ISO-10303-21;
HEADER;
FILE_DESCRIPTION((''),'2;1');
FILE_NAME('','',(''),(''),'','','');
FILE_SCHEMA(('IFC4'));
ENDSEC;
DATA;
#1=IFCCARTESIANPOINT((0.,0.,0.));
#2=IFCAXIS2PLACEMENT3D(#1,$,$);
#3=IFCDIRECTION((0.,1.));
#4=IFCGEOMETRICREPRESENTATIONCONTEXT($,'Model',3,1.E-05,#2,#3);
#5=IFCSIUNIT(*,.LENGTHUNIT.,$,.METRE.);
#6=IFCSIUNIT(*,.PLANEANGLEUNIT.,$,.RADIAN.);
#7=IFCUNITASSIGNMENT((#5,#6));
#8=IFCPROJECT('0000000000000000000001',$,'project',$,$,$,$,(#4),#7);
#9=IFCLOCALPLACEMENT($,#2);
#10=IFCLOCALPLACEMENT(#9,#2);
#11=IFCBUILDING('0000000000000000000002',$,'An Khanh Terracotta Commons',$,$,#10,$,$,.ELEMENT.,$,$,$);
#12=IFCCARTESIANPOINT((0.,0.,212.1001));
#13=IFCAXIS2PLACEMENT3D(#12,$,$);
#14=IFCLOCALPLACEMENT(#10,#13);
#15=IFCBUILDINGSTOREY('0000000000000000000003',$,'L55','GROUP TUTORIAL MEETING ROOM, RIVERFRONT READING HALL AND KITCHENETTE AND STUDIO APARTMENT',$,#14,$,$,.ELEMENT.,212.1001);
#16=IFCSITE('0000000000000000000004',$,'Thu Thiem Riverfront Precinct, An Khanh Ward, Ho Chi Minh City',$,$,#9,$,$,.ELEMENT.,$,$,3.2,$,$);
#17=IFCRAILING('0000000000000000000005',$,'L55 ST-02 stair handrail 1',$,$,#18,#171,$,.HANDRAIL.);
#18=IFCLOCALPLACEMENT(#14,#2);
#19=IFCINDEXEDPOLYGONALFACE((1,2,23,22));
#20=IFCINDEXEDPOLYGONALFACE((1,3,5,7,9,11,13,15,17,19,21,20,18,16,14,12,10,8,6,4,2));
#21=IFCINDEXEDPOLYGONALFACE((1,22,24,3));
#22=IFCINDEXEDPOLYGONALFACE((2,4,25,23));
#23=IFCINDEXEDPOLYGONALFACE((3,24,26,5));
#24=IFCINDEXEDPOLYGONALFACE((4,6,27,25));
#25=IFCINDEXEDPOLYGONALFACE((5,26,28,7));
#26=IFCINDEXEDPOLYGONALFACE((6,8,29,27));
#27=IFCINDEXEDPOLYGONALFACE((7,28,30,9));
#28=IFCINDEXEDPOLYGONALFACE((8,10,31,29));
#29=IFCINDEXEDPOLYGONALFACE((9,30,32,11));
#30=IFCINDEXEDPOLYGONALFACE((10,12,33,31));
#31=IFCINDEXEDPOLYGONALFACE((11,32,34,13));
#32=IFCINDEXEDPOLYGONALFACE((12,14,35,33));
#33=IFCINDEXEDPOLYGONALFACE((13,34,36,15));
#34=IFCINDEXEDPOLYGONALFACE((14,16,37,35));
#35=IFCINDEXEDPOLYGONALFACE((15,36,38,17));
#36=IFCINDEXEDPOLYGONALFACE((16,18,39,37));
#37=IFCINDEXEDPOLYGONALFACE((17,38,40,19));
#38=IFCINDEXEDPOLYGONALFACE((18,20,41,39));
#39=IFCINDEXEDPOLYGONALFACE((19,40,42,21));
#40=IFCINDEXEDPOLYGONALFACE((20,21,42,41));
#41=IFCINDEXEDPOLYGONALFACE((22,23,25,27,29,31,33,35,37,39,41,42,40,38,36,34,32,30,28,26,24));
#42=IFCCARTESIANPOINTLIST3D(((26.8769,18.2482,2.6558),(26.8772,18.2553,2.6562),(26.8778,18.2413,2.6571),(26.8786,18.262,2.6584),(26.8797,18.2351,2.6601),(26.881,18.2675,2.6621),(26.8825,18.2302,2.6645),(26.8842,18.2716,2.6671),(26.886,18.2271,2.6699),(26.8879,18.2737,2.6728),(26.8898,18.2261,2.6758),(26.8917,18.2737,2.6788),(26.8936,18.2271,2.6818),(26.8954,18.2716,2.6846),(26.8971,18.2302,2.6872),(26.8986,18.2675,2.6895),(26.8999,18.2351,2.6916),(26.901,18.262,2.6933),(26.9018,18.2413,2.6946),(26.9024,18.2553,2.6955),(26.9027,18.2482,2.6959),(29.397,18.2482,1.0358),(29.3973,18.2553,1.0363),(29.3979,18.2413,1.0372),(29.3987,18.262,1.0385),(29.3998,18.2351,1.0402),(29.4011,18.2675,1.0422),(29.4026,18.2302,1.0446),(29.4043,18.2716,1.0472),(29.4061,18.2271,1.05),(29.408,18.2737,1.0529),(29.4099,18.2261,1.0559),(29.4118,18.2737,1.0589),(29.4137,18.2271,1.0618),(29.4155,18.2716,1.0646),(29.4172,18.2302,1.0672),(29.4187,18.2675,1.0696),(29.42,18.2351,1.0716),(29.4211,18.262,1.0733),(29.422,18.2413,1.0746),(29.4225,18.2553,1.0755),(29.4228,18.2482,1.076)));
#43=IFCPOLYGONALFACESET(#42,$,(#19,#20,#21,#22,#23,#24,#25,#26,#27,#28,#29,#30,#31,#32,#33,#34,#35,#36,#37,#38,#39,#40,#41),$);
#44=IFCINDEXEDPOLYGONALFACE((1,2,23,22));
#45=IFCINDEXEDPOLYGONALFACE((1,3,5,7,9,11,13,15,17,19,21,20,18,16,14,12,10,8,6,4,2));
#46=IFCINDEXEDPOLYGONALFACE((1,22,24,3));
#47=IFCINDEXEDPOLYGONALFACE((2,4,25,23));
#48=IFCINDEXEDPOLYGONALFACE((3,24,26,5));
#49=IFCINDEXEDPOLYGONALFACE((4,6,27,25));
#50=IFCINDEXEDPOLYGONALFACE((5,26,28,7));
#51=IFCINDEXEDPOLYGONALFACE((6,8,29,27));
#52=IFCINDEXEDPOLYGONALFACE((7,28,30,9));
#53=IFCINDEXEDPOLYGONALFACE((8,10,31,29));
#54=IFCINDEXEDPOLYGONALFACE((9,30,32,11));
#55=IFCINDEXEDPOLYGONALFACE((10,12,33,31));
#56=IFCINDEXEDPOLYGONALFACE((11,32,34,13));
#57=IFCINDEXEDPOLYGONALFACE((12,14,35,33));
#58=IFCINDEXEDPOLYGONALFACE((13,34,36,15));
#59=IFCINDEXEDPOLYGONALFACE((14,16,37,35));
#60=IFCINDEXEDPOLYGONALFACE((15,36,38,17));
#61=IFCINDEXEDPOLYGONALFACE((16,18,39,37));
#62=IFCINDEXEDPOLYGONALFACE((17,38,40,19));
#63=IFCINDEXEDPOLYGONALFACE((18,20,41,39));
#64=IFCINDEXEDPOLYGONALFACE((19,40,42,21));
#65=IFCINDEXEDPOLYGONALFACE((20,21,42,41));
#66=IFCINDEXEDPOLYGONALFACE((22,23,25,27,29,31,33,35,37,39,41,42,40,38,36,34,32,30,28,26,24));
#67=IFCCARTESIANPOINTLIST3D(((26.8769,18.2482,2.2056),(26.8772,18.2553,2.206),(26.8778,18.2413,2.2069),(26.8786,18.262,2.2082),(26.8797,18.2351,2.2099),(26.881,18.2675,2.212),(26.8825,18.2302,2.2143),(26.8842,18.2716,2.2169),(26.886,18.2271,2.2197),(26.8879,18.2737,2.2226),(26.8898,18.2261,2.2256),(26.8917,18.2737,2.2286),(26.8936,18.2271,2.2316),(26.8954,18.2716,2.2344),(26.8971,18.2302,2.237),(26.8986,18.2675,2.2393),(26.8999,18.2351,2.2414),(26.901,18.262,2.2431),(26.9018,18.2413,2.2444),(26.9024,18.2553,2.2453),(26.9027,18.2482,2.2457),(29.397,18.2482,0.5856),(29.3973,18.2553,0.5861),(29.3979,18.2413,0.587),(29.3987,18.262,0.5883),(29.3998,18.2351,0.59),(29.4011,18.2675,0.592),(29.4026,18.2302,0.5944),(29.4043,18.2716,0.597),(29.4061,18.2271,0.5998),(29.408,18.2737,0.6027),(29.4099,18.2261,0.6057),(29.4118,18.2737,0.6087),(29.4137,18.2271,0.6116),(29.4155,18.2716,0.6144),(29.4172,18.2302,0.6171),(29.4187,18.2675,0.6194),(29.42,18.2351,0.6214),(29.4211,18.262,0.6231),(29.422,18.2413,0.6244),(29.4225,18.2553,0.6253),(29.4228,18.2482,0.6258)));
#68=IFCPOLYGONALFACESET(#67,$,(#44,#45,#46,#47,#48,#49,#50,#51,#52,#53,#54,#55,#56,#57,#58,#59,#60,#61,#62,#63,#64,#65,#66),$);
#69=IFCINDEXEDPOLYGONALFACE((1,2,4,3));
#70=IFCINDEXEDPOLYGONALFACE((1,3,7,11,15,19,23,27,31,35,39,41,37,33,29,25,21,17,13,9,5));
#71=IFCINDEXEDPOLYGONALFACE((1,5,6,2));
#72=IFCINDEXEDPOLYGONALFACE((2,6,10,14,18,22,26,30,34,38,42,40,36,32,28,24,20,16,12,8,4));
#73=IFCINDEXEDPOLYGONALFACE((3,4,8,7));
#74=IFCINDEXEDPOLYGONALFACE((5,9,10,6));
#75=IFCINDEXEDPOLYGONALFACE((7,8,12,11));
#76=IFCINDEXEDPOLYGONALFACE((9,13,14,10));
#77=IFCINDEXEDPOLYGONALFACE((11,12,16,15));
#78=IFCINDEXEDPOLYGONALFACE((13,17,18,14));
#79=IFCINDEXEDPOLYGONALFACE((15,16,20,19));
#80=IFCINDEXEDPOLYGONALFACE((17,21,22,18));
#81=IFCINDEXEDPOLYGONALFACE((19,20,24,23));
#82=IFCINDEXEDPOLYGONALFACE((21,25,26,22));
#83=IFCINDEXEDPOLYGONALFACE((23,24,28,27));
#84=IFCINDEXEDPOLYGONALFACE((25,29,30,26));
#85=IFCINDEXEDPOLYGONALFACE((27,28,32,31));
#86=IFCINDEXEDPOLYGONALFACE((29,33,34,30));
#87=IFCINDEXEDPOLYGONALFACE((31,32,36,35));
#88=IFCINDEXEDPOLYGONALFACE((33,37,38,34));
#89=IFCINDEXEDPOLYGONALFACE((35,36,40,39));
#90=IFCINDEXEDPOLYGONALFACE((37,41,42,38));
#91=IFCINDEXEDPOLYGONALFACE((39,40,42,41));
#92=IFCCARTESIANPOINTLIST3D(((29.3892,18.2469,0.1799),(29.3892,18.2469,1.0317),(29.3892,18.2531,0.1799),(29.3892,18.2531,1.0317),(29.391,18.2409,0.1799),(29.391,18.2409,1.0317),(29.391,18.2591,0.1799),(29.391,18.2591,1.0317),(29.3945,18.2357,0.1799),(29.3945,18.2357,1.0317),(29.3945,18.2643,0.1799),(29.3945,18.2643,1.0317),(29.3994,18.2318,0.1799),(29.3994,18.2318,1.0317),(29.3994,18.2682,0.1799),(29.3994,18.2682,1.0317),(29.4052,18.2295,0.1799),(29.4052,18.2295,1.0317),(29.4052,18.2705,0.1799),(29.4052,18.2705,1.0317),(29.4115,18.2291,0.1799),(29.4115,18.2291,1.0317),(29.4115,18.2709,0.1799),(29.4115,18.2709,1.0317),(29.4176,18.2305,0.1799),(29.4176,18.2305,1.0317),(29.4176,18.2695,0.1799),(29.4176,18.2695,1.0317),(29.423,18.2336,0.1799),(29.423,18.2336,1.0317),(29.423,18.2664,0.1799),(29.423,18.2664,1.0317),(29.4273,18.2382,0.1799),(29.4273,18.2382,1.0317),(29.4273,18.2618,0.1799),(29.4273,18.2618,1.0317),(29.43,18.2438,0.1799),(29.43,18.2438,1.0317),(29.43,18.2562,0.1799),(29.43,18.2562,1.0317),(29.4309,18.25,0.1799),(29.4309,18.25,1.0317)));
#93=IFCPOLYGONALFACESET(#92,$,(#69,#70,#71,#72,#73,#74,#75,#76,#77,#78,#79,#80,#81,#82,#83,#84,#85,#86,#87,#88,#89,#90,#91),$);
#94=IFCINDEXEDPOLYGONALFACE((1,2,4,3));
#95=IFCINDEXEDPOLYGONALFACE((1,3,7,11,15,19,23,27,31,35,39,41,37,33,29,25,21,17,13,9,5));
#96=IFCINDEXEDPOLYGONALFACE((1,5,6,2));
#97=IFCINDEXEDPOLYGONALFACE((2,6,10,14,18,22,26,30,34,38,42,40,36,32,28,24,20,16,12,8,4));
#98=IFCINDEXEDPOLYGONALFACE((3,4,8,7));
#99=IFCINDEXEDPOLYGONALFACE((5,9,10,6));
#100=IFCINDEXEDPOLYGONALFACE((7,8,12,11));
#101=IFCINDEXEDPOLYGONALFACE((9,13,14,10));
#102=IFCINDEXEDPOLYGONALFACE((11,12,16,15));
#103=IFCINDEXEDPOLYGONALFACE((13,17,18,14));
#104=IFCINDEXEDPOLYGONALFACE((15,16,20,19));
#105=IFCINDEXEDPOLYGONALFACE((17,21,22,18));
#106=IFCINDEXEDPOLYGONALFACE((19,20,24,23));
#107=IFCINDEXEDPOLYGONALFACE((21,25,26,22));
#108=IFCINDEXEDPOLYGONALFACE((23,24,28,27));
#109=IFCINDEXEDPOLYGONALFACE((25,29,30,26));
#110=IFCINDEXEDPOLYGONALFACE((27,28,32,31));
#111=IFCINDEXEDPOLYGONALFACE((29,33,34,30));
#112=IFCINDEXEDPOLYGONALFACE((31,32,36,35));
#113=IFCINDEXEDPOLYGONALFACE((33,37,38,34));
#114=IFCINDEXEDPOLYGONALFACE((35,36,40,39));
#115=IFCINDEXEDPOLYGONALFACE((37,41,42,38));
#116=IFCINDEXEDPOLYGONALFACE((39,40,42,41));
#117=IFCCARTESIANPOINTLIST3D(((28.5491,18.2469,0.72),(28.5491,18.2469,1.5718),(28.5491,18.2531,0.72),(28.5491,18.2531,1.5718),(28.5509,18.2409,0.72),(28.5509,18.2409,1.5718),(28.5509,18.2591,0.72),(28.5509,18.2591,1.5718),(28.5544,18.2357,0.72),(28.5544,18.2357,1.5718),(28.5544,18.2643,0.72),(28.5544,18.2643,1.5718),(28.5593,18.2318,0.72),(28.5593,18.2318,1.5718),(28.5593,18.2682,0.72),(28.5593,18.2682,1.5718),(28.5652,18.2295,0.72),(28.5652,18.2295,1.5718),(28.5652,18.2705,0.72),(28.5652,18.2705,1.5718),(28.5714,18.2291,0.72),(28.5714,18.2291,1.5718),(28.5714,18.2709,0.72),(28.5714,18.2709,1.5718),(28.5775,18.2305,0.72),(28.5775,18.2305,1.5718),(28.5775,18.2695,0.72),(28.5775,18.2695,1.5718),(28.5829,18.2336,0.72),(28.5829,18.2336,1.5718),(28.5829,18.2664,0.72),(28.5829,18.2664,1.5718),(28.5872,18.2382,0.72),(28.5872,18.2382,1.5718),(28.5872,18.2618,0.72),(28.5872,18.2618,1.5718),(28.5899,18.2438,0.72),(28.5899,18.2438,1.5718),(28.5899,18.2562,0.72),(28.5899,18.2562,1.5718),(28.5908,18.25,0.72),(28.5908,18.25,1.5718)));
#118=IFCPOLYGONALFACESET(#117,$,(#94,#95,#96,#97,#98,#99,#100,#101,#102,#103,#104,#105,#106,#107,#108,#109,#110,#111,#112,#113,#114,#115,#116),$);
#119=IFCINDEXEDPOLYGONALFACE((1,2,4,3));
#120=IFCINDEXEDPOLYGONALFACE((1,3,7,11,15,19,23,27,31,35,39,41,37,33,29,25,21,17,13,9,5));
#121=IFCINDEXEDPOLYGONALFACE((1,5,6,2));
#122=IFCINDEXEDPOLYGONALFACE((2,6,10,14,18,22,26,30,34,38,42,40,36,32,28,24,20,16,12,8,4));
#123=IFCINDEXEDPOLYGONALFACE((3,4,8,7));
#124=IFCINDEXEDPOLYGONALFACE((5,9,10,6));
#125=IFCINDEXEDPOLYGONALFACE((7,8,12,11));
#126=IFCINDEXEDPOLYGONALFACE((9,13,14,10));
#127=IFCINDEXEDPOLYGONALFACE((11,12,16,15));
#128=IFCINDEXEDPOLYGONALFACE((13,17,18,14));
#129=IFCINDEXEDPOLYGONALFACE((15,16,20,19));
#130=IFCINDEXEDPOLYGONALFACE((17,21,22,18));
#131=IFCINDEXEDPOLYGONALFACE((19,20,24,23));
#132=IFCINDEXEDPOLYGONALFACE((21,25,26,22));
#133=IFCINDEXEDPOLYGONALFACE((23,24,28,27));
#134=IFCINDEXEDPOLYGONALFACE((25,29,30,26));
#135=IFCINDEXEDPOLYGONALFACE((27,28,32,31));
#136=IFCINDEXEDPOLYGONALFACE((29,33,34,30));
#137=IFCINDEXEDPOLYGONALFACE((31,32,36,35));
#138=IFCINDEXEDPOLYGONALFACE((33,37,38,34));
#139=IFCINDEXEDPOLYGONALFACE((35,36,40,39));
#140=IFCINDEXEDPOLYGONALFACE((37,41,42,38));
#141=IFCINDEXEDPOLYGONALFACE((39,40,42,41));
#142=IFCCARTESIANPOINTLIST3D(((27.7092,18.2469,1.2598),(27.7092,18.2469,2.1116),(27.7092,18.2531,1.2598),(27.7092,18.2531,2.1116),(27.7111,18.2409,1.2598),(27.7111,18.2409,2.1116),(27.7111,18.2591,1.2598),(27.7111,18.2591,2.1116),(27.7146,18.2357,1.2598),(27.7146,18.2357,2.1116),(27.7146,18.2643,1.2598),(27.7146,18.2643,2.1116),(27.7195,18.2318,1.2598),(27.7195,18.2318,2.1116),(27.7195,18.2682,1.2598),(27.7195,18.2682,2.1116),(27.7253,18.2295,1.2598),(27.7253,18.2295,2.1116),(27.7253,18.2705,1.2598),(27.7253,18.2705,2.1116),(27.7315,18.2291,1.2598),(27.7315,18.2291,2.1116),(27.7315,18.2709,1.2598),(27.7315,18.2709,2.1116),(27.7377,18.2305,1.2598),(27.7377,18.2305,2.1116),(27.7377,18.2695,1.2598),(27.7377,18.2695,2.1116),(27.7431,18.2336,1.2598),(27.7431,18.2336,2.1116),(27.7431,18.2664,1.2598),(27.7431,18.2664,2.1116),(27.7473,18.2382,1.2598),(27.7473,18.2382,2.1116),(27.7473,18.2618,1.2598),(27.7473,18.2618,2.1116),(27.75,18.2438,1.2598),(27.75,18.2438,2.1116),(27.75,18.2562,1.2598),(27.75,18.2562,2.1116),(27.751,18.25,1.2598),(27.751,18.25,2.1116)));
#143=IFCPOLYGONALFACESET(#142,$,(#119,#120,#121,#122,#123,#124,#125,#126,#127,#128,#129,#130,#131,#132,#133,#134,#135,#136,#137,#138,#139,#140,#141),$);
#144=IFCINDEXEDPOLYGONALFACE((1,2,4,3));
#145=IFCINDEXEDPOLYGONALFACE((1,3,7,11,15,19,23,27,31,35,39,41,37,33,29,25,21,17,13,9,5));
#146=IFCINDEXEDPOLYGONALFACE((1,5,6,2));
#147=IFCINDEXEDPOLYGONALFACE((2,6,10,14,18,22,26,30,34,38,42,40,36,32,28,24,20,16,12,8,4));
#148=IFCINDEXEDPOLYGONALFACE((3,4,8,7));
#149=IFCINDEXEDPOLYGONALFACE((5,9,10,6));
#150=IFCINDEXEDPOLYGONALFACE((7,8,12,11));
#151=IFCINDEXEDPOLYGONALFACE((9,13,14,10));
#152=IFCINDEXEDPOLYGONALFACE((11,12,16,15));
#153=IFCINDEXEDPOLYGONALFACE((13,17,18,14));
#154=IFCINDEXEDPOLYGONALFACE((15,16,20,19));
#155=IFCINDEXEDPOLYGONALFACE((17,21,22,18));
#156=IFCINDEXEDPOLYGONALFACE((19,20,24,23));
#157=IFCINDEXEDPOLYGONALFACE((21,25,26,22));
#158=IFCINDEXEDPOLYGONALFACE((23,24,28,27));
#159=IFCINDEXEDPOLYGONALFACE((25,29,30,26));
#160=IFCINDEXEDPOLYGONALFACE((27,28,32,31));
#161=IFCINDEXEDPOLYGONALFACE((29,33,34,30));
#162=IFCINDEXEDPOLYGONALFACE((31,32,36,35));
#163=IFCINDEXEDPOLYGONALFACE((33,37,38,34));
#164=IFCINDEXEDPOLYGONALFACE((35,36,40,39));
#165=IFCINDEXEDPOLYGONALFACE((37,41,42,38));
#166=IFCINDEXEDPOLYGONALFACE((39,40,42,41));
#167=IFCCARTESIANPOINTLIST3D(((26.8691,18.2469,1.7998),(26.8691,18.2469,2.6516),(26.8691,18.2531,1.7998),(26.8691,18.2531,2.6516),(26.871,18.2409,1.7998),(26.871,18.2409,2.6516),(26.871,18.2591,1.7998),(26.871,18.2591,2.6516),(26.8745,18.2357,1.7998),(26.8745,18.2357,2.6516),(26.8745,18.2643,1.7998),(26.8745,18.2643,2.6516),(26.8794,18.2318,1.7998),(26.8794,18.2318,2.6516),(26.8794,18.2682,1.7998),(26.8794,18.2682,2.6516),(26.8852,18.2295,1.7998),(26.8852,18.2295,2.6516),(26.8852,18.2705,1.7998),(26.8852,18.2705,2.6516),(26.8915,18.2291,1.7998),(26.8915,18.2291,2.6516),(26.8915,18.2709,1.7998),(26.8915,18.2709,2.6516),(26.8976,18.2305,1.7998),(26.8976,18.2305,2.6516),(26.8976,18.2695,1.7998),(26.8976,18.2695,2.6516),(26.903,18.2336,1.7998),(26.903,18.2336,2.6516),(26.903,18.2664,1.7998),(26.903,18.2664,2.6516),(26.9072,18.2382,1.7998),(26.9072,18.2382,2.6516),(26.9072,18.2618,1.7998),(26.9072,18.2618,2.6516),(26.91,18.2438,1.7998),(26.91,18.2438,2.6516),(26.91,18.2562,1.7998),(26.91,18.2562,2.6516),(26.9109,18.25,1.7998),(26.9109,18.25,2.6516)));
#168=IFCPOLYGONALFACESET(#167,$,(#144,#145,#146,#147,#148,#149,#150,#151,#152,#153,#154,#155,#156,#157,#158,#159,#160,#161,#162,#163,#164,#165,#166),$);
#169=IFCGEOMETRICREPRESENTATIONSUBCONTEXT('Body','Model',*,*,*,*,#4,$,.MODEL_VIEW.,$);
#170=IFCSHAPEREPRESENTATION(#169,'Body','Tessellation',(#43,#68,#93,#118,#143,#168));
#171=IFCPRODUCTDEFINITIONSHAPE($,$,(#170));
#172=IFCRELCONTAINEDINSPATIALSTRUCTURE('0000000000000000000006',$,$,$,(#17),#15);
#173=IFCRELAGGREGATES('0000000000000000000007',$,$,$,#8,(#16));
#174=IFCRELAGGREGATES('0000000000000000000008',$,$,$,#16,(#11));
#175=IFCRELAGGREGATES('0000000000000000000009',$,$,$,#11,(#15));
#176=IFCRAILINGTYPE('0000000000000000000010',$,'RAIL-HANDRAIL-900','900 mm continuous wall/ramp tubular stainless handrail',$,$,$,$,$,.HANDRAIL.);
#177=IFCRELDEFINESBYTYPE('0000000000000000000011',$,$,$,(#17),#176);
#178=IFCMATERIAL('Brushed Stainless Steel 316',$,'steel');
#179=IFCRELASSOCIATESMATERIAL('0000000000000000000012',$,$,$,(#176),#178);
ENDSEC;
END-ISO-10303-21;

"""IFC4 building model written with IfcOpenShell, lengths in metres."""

from ifc_helpers import new_model, si_unit, direction, frame, origin, origin_2d, place, context, subcontext, project, spatial, circle, extrude, material, type_object, element, save


model = new_model("IFC4")

# Units and contexts
model_context = context("Model", 3, precision=1e-05, world=origin(), true_north=direction((0.0, 1.0)))
body_context = subcontext(model_context, "Body", "Model", "MODEL_VIEW")
ifc_project = project(units=[si_unit("LENGTHUNIT", "METRE"), si_unit("PLANEANGLEUNIT", "RADIAN")], contexts=[model_context])

# Site, building, storey
site_placement = place(None, origin())
site = spatial("IfcSite", under=ifc_project, at=site_placement, Name="Thu Thiem Riverfront Precinct, An Khanh Ward, Ho Chi Minh City", CompositionType="ELEMENT", RefElevation=3.2)
building_placement = place(site_placement, origin())
building = spatial("IfcBuilding", under=site, at=building_placement, Name="An Khanh Terracotta Commons", CompositionType="ELEMENT")
storey_placement = place(building_placement, frame((0.0, 0.0, 212.1001)))
storey = spatial("IfcBuildingStorey", under=building, at=storey_placement, Name="L55", Description="GROUP TUTORIAL MEETING ROOM, RIVERFRONT READING HALL AND KITCHENETTE AND STUDIO APARTMENT", CompositionType="ELEMENT", Elevation=212.1001)

# Railing
ifc_material_1 = material(Name="Brushed Stainless Steel 316", Category="steel")
railing_type = type_object("IfcRailingType", Name="RAIL-HANDRAIL-900", Description="900 mm continuous wall/ramp tubular stainless handrail", PredefinedType="HANDRAIL", material=ifc_material_1)
railing_placement = place(storey_placement, frame((29.4099, 18.25, 0.1799)))
element("IfcRailing", 1, at=railing_placement, inside=storey, type_object=railing_type, Name="L55 ST-02 stair handrail 1", PredefinedType="HANDRAIL", context=body_context, shape_type="SweptSolid", body=[
    extrude(circle(Radius=0.0239, at=origin_2d()), frame((0.0, 0.0, 0.876), z_axis=(-0.8412, 0.0, 0.540725), x_axis=(0.0, -1.0, 0.0)), (0.0, 0.0, 1.0), 2.9958),
    extrude(circle(Radius=0.0239, at=origin_2d()), frame((0.0, 0.0, 0.4258), z_axis=(-0.8412, 0.0, 0.540725), x_axis=(0.0, -1.0, 0.0)), (0.0, 0.0, 1.0), 2.9958),
    extrude(circle(Radius=0.021, at=origin_2d()), origin(), (0.0, 0.0, 1.0), 0.8518),
    extrude(circle(Radius=0.021, at=origin_2d()), frame((-0.8401, 0.0, 0.54)), (0.0, 0.0, 1.0), 0.8518),
    extrude(circle(Radius=0.021, at=origin_2d()), frame((-1.6799, 0.0, 1.0798)), (0.0, 0.0, 1.0), 0.8518),
    extrude(circle(Radius=0.021, at=origin_2d()), frame((-2.52, 0.0, 1.6199)), (0.0, 0.0, 1.0), 0.8518),
])

save(model, "model.ifc")
